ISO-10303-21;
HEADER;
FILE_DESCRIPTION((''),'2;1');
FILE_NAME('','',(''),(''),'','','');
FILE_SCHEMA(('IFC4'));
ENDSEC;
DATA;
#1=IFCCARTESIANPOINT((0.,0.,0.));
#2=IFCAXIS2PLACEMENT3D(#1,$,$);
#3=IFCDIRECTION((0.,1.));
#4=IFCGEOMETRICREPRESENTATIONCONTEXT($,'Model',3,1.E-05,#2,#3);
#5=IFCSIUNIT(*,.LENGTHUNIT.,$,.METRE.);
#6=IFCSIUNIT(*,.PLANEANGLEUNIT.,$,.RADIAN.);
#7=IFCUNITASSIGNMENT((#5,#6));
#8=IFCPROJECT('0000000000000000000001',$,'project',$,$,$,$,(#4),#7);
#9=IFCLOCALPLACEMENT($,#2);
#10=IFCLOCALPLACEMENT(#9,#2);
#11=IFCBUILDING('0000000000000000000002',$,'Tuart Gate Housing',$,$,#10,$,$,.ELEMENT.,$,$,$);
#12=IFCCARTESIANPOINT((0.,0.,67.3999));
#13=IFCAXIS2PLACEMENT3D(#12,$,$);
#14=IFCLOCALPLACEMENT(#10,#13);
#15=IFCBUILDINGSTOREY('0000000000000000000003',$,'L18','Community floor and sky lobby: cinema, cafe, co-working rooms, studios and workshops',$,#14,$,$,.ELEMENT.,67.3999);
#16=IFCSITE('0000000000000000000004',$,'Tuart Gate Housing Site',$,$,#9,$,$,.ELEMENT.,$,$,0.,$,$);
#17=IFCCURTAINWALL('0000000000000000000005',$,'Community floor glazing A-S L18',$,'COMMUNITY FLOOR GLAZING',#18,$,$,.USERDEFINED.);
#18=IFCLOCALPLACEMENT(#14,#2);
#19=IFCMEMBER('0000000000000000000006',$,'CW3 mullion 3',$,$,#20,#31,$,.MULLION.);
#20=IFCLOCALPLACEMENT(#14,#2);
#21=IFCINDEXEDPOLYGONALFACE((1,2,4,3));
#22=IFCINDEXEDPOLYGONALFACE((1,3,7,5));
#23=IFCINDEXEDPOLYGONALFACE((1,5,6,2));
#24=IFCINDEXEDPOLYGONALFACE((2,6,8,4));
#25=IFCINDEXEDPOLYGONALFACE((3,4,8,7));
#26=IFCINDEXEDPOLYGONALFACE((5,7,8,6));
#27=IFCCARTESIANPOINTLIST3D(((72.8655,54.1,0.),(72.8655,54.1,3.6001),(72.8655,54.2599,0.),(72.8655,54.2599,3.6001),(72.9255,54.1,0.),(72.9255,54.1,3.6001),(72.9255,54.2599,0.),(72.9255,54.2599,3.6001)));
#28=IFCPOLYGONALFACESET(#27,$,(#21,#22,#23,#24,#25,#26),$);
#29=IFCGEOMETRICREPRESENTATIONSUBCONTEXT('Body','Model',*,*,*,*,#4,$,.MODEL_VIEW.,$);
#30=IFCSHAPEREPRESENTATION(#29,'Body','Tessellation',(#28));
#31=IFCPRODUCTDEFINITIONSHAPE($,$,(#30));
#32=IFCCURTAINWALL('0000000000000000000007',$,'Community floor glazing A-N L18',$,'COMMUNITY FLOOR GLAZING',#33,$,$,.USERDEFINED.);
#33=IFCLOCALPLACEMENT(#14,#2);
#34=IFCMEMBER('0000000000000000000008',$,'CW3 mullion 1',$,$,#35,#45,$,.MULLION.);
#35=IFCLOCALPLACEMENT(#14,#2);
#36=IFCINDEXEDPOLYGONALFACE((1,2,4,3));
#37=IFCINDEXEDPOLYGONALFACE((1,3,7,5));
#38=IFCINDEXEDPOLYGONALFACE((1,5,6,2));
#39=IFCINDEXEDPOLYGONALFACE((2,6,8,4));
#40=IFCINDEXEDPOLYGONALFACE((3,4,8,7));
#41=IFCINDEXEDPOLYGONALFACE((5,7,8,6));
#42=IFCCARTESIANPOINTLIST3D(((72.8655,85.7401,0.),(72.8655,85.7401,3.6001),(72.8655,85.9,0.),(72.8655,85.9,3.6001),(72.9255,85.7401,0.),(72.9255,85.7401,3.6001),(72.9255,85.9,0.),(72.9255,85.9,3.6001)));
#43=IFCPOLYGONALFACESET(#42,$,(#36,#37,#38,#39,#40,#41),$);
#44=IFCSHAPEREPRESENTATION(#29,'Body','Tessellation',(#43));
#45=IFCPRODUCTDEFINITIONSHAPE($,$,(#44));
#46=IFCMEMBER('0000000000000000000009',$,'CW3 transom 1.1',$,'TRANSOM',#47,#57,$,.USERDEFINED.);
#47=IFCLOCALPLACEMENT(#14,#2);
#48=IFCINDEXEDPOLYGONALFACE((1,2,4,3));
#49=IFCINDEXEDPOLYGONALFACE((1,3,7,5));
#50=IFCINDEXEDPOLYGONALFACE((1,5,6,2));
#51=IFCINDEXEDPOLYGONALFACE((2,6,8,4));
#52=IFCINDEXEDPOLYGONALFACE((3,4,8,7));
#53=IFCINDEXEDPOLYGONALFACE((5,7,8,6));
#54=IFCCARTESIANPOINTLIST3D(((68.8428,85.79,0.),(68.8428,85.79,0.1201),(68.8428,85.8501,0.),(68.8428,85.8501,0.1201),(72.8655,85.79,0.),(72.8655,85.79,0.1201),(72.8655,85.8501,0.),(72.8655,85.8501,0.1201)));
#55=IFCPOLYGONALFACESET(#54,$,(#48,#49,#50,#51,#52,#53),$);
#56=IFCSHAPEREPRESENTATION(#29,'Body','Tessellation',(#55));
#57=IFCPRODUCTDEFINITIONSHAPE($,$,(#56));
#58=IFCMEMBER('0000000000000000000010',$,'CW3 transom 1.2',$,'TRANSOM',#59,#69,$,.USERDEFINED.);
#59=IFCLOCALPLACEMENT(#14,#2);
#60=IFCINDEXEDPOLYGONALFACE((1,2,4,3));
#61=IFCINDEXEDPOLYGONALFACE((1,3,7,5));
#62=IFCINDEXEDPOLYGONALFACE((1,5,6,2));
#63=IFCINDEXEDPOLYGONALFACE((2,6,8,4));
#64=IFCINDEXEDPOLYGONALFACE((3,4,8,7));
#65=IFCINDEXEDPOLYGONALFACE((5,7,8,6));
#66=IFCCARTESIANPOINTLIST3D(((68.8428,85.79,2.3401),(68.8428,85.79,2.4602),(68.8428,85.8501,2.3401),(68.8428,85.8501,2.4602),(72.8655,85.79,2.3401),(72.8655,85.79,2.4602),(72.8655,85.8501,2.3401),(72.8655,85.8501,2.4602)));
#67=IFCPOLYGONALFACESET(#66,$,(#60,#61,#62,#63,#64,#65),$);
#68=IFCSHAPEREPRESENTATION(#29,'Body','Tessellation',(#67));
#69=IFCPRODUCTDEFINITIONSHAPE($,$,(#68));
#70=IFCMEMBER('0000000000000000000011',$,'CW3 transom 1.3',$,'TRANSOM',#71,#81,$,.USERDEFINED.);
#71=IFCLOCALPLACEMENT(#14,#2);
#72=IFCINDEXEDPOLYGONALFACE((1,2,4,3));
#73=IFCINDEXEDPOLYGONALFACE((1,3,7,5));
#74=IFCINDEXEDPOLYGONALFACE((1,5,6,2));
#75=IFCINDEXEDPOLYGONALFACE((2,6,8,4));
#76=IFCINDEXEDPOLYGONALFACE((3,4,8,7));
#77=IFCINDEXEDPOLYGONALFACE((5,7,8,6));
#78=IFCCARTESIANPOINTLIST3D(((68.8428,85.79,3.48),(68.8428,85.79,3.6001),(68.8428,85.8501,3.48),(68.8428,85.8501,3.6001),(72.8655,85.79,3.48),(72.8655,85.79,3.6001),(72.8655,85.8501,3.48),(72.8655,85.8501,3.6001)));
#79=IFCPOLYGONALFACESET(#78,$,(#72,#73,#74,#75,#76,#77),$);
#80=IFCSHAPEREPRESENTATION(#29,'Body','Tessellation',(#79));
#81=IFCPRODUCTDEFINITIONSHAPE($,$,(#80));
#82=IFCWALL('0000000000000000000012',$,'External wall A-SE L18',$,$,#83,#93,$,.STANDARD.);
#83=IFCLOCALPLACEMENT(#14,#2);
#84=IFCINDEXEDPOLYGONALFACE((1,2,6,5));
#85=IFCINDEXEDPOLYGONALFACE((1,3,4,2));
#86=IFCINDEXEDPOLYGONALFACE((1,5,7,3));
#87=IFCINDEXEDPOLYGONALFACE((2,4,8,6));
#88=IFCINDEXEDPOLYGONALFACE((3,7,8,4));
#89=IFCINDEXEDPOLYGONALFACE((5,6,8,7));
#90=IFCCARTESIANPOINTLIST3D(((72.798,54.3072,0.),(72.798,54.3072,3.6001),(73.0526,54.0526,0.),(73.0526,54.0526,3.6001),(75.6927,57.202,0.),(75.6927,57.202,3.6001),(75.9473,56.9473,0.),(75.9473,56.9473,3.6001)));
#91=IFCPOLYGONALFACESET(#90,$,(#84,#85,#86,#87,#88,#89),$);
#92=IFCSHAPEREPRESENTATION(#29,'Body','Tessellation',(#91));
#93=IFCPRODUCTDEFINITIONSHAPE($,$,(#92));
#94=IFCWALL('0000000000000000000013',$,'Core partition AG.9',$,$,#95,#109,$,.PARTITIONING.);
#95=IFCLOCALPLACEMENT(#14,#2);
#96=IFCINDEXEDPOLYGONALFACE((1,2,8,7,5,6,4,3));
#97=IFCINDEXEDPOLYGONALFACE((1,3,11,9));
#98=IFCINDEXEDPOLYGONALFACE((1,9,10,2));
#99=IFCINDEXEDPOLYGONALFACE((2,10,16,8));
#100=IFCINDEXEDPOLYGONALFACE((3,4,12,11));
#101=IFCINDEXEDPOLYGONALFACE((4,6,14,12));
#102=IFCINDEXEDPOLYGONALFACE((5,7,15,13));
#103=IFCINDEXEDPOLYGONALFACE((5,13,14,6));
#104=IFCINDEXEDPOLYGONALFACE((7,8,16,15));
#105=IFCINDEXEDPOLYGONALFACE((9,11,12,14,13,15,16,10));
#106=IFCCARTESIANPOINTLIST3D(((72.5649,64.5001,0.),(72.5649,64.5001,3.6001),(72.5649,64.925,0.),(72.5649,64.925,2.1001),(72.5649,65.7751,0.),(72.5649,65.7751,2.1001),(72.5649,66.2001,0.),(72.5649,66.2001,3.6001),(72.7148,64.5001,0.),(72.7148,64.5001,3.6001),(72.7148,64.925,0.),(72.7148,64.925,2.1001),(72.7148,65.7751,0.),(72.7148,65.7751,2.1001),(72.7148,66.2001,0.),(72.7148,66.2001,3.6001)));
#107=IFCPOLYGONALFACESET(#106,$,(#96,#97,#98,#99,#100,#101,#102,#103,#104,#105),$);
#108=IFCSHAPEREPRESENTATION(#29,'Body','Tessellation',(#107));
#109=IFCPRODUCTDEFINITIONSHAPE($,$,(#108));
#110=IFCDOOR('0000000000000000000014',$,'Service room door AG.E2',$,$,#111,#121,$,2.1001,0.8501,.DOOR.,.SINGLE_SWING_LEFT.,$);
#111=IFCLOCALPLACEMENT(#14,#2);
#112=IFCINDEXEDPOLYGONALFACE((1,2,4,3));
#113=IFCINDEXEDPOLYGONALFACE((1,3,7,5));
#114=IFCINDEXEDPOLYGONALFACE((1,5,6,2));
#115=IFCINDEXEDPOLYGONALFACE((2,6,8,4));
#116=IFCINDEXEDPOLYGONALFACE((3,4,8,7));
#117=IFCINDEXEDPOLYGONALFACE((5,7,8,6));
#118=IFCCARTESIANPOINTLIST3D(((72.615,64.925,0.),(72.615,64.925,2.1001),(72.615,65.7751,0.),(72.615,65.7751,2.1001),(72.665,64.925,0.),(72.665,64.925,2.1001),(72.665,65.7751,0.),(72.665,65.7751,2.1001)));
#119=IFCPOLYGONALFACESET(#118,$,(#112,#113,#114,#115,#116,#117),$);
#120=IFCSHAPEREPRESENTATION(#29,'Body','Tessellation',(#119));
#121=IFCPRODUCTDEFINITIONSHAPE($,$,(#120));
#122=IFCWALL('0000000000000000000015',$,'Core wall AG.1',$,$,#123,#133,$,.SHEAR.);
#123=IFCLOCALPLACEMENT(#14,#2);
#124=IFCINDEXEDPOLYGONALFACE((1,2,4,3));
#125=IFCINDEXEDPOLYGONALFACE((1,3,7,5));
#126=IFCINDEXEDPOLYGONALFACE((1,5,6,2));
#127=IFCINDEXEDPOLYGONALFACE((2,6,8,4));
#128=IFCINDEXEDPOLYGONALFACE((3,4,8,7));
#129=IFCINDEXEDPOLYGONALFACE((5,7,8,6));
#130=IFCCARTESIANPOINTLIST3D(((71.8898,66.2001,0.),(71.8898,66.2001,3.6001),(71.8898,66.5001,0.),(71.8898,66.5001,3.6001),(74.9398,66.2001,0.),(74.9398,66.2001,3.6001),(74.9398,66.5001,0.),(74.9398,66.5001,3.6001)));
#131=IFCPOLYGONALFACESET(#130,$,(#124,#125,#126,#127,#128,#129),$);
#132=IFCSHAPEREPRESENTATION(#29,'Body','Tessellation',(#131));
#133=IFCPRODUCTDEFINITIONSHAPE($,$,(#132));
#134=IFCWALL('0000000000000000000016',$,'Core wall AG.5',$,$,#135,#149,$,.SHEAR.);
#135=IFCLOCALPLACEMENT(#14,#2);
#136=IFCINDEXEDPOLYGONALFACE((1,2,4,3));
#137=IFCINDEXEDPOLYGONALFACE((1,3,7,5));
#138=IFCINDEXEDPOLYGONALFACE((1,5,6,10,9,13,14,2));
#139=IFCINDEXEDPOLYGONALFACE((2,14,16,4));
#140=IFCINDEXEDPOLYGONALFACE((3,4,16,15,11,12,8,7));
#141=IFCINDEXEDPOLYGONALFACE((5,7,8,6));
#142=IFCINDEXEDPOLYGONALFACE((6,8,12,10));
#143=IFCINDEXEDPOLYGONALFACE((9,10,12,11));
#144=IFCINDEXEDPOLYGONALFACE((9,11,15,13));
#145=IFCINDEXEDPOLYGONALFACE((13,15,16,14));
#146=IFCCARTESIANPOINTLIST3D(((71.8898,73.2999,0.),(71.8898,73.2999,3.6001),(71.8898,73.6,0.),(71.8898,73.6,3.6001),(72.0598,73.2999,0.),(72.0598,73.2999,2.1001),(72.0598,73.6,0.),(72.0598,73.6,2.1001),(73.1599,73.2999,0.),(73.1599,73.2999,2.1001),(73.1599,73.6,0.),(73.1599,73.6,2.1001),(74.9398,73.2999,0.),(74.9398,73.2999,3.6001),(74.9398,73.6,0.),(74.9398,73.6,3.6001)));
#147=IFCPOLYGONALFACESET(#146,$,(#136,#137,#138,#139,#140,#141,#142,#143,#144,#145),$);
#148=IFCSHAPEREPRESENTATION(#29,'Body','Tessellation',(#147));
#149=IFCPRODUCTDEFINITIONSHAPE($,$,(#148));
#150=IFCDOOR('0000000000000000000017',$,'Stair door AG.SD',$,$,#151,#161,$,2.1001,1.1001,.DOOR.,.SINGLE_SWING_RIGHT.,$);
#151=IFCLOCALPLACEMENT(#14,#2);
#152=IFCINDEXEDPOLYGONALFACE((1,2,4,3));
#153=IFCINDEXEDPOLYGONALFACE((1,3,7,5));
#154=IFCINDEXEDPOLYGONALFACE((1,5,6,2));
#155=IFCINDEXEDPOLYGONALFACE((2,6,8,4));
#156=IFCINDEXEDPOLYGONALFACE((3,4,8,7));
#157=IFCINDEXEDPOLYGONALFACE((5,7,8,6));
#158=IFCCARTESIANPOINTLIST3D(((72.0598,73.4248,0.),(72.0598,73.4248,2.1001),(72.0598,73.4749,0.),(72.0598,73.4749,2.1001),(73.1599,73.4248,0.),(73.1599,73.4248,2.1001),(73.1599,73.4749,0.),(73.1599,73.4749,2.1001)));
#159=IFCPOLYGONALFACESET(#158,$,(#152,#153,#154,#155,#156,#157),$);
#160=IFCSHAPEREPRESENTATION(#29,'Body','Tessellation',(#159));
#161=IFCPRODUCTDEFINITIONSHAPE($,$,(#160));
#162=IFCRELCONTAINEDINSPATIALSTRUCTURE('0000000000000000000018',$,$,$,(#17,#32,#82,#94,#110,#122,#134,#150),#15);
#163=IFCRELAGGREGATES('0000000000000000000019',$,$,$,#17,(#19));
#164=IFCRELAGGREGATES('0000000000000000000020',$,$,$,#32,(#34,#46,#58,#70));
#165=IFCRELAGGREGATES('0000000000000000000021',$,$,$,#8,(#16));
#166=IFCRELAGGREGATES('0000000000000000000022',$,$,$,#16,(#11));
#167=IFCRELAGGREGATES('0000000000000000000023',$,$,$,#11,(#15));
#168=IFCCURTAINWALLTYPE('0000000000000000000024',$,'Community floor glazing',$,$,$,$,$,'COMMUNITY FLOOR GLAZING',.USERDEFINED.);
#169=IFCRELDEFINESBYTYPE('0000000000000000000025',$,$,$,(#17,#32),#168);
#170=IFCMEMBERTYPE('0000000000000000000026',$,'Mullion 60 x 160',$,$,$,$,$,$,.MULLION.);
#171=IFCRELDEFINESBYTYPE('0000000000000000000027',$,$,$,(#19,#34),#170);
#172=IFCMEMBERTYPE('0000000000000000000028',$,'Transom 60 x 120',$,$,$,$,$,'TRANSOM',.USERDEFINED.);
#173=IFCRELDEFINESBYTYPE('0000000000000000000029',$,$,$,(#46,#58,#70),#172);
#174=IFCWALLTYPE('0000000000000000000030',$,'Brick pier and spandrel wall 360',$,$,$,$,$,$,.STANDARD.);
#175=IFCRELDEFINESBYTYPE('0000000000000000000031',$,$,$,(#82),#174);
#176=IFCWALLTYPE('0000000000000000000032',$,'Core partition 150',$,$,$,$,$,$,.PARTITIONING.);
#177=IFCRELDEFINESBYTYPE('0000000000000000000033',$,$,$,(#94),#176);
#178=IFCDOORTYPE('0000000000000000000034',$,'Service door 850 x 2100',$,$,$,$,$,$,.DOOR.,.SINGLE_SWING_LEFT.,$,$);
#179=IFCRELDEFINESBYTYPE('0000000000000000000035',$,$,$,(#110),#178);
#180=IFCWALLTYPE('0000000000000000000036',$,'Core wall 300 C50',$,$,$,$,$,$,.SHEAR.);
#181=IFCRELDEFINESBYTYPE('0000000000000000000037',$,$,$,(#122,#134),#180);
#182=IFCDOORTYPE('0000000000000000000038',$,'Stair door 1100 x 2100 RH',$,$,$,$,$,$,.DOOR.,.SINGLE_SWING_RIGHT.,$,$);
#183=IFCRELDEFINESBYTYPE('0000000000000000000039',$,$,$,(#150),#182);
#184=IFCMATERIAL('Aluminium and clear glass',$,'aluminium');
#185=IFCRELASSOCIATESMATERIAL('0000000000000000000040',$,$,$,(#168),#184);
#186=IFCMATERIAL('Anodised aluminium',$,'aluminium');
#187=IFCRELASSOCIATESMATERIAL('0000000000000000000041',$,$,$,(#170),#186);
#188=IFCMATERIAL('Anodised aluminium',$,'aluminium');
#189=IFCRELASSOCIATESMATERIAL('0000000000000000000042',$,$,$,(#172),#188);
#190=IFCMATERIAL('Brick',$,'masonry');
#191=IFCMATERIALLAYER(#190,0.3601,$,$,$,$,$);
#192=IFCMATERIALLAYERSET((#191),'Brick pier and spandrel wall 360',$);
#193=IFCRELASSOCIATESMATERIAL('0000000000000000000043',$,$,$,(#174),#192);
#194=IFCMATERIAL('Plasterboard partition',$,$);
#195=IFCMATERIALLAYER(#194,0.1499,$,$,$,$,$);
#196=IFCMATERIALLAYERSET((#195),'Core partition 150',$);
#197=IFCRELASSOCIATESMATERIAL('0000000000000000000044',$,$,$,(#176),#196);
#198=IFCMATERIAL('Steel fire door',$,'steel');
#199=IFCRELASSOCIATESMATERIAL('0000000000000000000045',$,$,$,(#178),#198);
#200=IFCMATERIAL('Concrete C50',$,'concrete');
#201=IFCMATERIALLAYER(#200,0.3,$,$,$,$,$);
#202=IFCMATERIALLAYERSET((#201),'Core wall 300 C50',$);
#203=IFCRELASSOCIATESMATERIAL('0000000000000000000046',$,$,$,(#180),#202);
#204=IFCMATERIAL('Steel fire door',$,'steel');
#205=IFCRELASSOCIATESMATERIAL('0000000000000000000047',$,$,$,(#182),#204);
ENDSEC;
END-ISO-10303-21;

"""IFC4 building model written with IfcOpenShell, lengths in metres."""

from ifc_helpers import new_model, si_unit, direction, frame, frame_2d, origin, origin_2d, place, context, subcontext, project, spatial, rectangle, extrude, material, layer, layer_set, material_profile, profile_set, type_object, element, fill, aggregate, save


model = new_model("IFC4")

# Units and contexts
model_context = context("Model", 3, precision=1e-05, world=origin(), true_north=direction((0.0, 1.0)))
body_context = subcontext(model_context, "Body", "Model", "MODEL_VIEW")
ifc_project = project(units=[si_unit("LENGTHUNIT", "METRE"), si_unit("PLANEANGLEUNIT", "RADIAN")], contexts=[model_context])

# Site, building, storey
site_placement = place(None, origin())
site = spatial("IfcSite", under=ifc_project, at=site_placement, Name="Tuart Gate Housing Site", CompositionType="ELEMENT", RefElevation=0.0)
building_placement = place(site_placement, origin())
building = spatial("IfcBuilding", under=site, at=building_placement, Name="Tuart Gate Housing", CompositionType="ELEMENT")
storey_placement = place(building_placement, frame((0.0, 0.0, 67.3999)))
storey = spatial("IfcBuildingStorey", under=building, at=storey_placement, Name="L18", Description="Community floor and sky lobby: cinema, cafe, co-working rooms, studios and workshops", CompositionType="ELEMENT", Elevation=67.3999)

# Curtain wall, member
ifc_material_1 = material(Name="Aluminium and clear glass", Category="aluminium")
curtain_wall_type = type_object("IfcCurtainWallType", Name="Community floor glazing", ElementType="COMMUNITY FLOOR GLAZING", PredefinedType="USERDEFINED", material=ifc_material_1)
curtain_wall_1_placement = place(storey_placement, origin())
curtain_wall_1 = element("IfcCurtainWall", 1, at=curtain_wall_1_placement, inside=storey, type_object=curtain_wall_type, Name="Community floor glazing A-S L18", ObjectType="COMMUNITY FLOOR GLAZING", PredefinedType="USERDEFINED")
ifc_material_2 = material(Name="Anodised aluminium", Category="aluminium")
ifc_material_profile_1 = material_profile(ifc_material_2, rectangle(XDim=0.0601, YDim=0.1599, at=origin_2d()), Name="60x160")
ifc_profile_set_1 = profile_set([ifc_material_profile_1], Name="Anodised aluminium")
member_type_1 = type_object("IfcMemberType", Name="Mullion 60 x 160", PredefinedType="MULLION", material=ifc_profile_set_1)
member_1_placement = place(storey_placement, frame((72.8955, 54.1799, 0.0), z_axis=(0.0, 0.0, 1.0), x_axis=(1.0, 0.0, 0.0)))
member_1 = element("IfcMember", 2, at=member_1_placement, type_object=member_type_1, Name="CW3 mullion 3", PredefinedType="MULLION", context=body_context, shape_type="SweptSolid", body=[
    extrude(rectangle(XDim=0.0601, YDim=0.1599, at=origin_2d()), origin(), (0.0, 0.0, 1.0), 3.6001),
])
aggregate(curtain_wall_1, [member_1])

# Curtain wall, members
curtain_wall_2_placement = place(storey_placement, origin())
curtain_wall_2 = element("IfcCurtainWall", 3, at=curtain_wall_2_placement, inside=storey, type_object=curtain_wall_type, Name="Community floor glazing A-N L18", ObjectType="COMMUNITY FLOOR GLAZING", PredefinedType="USERDEFINED")
member_2_placement = place(storey_placement, frame((72.8955, 85.8201, 0.0), z_axis=(0.0, 0.0, 1.0), x_axis=(-1.0, 0.0, 0.0)))
member_2 = element("IfcMember", 4, at=member_2_placement, type_object=member_type_1, Name="CW3 mullion 1", PredefinedType="MULLION", context=body_context, shape_type="SweptSolid", body=[
    extrude(rectangle(XDim=0.0601, YDim=0.1599, at=origin_2d()), origin(), (0.0, 0.0, 1.0), 3.6001),
])
ifc_material_3 = material(Name="Anodised aluminium", Category="aluminium")
ifc_material_profile_2 = material_profile(ifc_material_3, rectangle(XDim=0.0601, YDim=0.1201, at=origin_2d()), Name="60x120")
ifc_profile_set_2 = profile_set([ifc_material_profile_2], Name="Anodised aluminium")
member_type_2 = type_object("IfcMemberType", Name="Transom 60 x 120", ElementType="TRANSOM", PredefinedType="USERDEFINED", material=ifc_profile_set_2)
member_3_placement = place(storey_placement, frame((72.8655, 85.8201, 0.0601), z_axis=(-1.0, 0.0, 0.0), x_axis=(0.0, -1.0, 0.0)))
member_3 = element("IfcMember", 5, at=member_3_placement, type_object=member_type_2, Name="CW3 transom 1.1", ObjectType="TRANSOM", PredefinedType="USERDEFINED", context=body_context, shape_type="SweptSolid", body=[
    extrude(rectangle(XDim=0.0601, YDim=0.1201, at=origin_2d()), origin(), (0.0, 0.0, 1.0), 4.0227),
])
member_4_placement = place(storey_placement, frame((72.8655, 85.8201, 2.4001), z_axis=(-1.0, 0.0, 0.0), x_axis=(0.0, -1.0, 0.0)))
member_4 = element("IfcMember", 6, at=member_4_placement, type_object=member_type_2, Name="CW3 transom 1.2", ObjectType="TRANSOM", PredefinedType="USERDEFINED", context=body_context, shape_type="SweptSolid", body=[
    extrude(rectangle(XDim=0.0601, YDim=0.1201, at=origin_2d()), origin(), (0.0, 0.0, 1.0), 4.0227),
])
member_5_placement = place(storey_placement, frame((72.8655, 85.8201, 3.54), z_axis=(-1.0, 0.0, 0.0), x_axis=(0.0, -1.0, 0.0)))
member_5 = element("IfcMember", 7, at=member_5_placement, type_object=member_type_2, Name="CW3 transom 1.3", ObjectType="TRANSOM", PredefinedType="USERDEFINED", context=body_context, shape_type="SweptSolid", body=[
    extrude(rectangle(XDim=0.0601, YDim=0.1201, at=origin_2d()), origin(), (0.0, 0.0, 1.0), 4.0227),
])
aggregate(curtain_wall_2, [member_2, member_3, member_4, member_5])

# Wall
ifc_material_4 = material(Name="Brick", Category="masonry")
ifc_layer_1 = layer(ifc_material_4, 0.3601)
ifc_layer_set_1 = layer_set([ifc_layer_1], Name="Brick pier and spandrel wall 360")
wall_type_1 = type_object("IfcWallType", Name="Brick pier and spandrel wall 360", PredefinedType="STANDARD", material=ifc_layer_set_1)
wall_1_placement = place(storey_placement, frame((72.9253, 54.1799, 0.0), z_axis=(0.0, 0.0, 1.0), x_axis=(0.707107, 0.707107, 0.0)))
element("IfcWall", 8, at=wall_1_placement, inside=storey, type_object=wall_type_1, Name="External wall A-SE L18", PredefinedType="STANDARD", context=body_context, shape_type="SweptSolid", body=[
    extrude(rectangle(XDim=4.0938, YDim=0.3601, at=frame_2d((2.0469, 0.0))), origin(), (0.0, 0.0, 1.0), 3.6001),
])

# Wall, opening, door
ifc_material_5 = material(Name="Plasterboard partition")
ifc_layer_2 = layer(ifc_material_5, 0.1499)
ifc_layer_set_2 = layer_set([ifc_layer_2], Name="Core partition 150")
wall_type_2 = type_object("IfcWallType", Name="Core partition 150", PredefinedType="PARTITIONING", material=ifc_layer_set_2)
wall_2_placement = place(storey_placement, frame((72.6399, 64.5, 0.0), z_axis=(0.0, 0.0, 1.0), x_axis=(0.0, 1.0, 0.0)))
wall_2 = element("IfcWall", 9, at=wall_2_placement, inside=storey, type_object=wall_type_2, Name="Core partition AG.9", PredefinedType="PARTITIONING", context=body_context, shape_type="SweptSolid", body=[
    extrude(rectangle(XDim=1.7, YDim=0.1499, at=frame_2d((0.8501, 0.0))), origin(), (0.0, 0.0, 1.0), 3.6001),
])
opening_1_placement = place(wall_2_placement, frame((0.425, 0.0, 0.0)))
opening_1 = element("IfcOpeningElement", 10, at=opening_1_placement, cuts=wall_2, PredefinedType="OPENING", context=body_context, shape_type="SweptSolid", body=[
    extrude(rectangle(XDim=0.8501, YDim=2.1001, at=frame_2d((0.425, 1.05))), frame((0.0, 0.085, 0.0), z_axis=(0.0, -1.0, 0.0), x_axis=(1.0, 0.0, 0.0)), (0.0, 0.0, 1.0), 0.1699),
])
ifc_material_6 = material(Name="Steel fire door", Category="steel")
door_type_1 = type_object("IfcDoorType", Name="Service door 850 x 2100", OperationType="SINGLE_SWING_LEFT", PredefinedType="DOOR", material=ifc_material_6)
door_1_placement = place(opening_1_placement, origin())
door_1 = element("IfcDoor", 11, at=door_1_placement, inside=storey, type_object=door_type_1, Name="Service room door AG.E2", OperationType="SINGLE_SWING_LEFT", OverallHeight=2.1001, OverallWidth=0.8501, PredefinedType="DOOR", context=body_context, shape_type="SweptSolid", body=[
    extrude(rectangle(XDim=0.8501, YDim=2.1001, at=frame_2d((0.425, 1.05))), frame((0.0, 0.0249, 0.0), z_axis=(0.0, -1.0, 0.0), x_axis=(1.0, 0.0, 0.0)), (0.0, 0.0, 1.0), 0.05),
])
fill(opening_1, door_1)

# Wall
ifc_material_7 = material(Name="Concrete C50", Category="concrete")
ifc_layer_3 = layer(ifc_material_7, 0.3)
ifc_layer_set_3 = layer_set([ifc_layer_3], Name="Core wall 300 C50")
wall_type_3 = type_object("IfcWallType", Name="Core wall 300 C50", PredefinedType="SHEAR", material=ifc_layer_set_3)
wall_3_placement = place(storey_placement, frame((71.8899, 66.3501, 0.0), z_axis=(0.0, 0.0, 1.0), x_axis=(1.0, 0.0, 0.0)))
element("IfcWall", 12, at=wall_3_placement, inside=storey, type_object=wall_type_3, Name="Core wall AG.1", PredefinedType="SHEAR", context=body_context, shape_type="SweptSolid", body=[
    extrude(rectangle(XDim=3.05, YDim=0.3, at=frame_2d((1.5249, 0.0))), origin(), (0.0, 0.0, 1.0), 3.6001),
])

# Wall, opening, door
wall_4_placement = place(storey_placement, frame((71.8899, 73.45, 0.0), z_axis=(0.0, 0.0, 1.0), x_axis=(1.0, 0.0, 0.0)))
wall_4 = element("IfcWall", 13, at=wall_4_placement, inside=storey, type_object=wall_type_3, Name="Core wall AG.5", PredefinedType="SHEAR", context=body_context, shape_type="SweptSolid", body=[
    extrude(rectangle(XDim=3.05, YDim=0.3, at=frame_2d((1.5249, 0.0))), origin(), (0.0, 0.0, 1.0), 3.6001),
])
opening_2_placement = place(wall_4_placement, frame((0.1699, 0.0, 0.0)))
opening_2 = element("IfcOpeningElement", 14, at=opening_2_placement, cuts=wall_4, PredefinedType="OPENING", context=body_context, shape_type="SweptSolid", body=[
    extrude(rectangle(XDim=1.1001, YDim=2.1001, at=frame_2d((0.55, 1.05))), frame((0.0, 0.1599, 0.0), z_axis=(0.0, -1.0, 0.0), x_axis=(1.0, 0.0, 0.0)), (0.0, 0.0, 1.0), 0.3201),
])
ifc_material_8 = material(Name="Steel fire door", Category="steel")
door_type_2 = type_object("IfcDoorType", Name="Stair door 1100 x 2100 RH", OperationType="SINGLE_SWING_RIGHT", PredefinedType="DOOR", material=ifc_material_8)
door_2_placement = place(opening_2_placement, frame((1.1001, 0.0, 0.0), z_axis=(0.0, 0.0, 1.0), x_axis=(-1.0, 0.0, 0.0)))
door_2 = element("IfcDoor", 15, at=door_2_placement, inside=storey, type_object=door_type_2, Name="Stair door AG.SD", OperationType="SINGLE_SWING_RIGHT", OverallHeight=2.1001, OverallWidth=1.1001, PredefinedType="DOOR", context=body_context, shape_type="SweptSolid", body=[
    extrude(rectangle(XDim=1.1001, YDim=2.1001, at=frame_2d((0.55, 1.05))), frame((0.0, 0.0251, 0.0), z_axis=(0.0, -1.0, 0.0), x_axis=(1.0, 0.0, 0.0)), (0.0, 0.0, 1.0), 0.05),
])
fill(opening_2, door_2)

save(model, "model.ifc")
